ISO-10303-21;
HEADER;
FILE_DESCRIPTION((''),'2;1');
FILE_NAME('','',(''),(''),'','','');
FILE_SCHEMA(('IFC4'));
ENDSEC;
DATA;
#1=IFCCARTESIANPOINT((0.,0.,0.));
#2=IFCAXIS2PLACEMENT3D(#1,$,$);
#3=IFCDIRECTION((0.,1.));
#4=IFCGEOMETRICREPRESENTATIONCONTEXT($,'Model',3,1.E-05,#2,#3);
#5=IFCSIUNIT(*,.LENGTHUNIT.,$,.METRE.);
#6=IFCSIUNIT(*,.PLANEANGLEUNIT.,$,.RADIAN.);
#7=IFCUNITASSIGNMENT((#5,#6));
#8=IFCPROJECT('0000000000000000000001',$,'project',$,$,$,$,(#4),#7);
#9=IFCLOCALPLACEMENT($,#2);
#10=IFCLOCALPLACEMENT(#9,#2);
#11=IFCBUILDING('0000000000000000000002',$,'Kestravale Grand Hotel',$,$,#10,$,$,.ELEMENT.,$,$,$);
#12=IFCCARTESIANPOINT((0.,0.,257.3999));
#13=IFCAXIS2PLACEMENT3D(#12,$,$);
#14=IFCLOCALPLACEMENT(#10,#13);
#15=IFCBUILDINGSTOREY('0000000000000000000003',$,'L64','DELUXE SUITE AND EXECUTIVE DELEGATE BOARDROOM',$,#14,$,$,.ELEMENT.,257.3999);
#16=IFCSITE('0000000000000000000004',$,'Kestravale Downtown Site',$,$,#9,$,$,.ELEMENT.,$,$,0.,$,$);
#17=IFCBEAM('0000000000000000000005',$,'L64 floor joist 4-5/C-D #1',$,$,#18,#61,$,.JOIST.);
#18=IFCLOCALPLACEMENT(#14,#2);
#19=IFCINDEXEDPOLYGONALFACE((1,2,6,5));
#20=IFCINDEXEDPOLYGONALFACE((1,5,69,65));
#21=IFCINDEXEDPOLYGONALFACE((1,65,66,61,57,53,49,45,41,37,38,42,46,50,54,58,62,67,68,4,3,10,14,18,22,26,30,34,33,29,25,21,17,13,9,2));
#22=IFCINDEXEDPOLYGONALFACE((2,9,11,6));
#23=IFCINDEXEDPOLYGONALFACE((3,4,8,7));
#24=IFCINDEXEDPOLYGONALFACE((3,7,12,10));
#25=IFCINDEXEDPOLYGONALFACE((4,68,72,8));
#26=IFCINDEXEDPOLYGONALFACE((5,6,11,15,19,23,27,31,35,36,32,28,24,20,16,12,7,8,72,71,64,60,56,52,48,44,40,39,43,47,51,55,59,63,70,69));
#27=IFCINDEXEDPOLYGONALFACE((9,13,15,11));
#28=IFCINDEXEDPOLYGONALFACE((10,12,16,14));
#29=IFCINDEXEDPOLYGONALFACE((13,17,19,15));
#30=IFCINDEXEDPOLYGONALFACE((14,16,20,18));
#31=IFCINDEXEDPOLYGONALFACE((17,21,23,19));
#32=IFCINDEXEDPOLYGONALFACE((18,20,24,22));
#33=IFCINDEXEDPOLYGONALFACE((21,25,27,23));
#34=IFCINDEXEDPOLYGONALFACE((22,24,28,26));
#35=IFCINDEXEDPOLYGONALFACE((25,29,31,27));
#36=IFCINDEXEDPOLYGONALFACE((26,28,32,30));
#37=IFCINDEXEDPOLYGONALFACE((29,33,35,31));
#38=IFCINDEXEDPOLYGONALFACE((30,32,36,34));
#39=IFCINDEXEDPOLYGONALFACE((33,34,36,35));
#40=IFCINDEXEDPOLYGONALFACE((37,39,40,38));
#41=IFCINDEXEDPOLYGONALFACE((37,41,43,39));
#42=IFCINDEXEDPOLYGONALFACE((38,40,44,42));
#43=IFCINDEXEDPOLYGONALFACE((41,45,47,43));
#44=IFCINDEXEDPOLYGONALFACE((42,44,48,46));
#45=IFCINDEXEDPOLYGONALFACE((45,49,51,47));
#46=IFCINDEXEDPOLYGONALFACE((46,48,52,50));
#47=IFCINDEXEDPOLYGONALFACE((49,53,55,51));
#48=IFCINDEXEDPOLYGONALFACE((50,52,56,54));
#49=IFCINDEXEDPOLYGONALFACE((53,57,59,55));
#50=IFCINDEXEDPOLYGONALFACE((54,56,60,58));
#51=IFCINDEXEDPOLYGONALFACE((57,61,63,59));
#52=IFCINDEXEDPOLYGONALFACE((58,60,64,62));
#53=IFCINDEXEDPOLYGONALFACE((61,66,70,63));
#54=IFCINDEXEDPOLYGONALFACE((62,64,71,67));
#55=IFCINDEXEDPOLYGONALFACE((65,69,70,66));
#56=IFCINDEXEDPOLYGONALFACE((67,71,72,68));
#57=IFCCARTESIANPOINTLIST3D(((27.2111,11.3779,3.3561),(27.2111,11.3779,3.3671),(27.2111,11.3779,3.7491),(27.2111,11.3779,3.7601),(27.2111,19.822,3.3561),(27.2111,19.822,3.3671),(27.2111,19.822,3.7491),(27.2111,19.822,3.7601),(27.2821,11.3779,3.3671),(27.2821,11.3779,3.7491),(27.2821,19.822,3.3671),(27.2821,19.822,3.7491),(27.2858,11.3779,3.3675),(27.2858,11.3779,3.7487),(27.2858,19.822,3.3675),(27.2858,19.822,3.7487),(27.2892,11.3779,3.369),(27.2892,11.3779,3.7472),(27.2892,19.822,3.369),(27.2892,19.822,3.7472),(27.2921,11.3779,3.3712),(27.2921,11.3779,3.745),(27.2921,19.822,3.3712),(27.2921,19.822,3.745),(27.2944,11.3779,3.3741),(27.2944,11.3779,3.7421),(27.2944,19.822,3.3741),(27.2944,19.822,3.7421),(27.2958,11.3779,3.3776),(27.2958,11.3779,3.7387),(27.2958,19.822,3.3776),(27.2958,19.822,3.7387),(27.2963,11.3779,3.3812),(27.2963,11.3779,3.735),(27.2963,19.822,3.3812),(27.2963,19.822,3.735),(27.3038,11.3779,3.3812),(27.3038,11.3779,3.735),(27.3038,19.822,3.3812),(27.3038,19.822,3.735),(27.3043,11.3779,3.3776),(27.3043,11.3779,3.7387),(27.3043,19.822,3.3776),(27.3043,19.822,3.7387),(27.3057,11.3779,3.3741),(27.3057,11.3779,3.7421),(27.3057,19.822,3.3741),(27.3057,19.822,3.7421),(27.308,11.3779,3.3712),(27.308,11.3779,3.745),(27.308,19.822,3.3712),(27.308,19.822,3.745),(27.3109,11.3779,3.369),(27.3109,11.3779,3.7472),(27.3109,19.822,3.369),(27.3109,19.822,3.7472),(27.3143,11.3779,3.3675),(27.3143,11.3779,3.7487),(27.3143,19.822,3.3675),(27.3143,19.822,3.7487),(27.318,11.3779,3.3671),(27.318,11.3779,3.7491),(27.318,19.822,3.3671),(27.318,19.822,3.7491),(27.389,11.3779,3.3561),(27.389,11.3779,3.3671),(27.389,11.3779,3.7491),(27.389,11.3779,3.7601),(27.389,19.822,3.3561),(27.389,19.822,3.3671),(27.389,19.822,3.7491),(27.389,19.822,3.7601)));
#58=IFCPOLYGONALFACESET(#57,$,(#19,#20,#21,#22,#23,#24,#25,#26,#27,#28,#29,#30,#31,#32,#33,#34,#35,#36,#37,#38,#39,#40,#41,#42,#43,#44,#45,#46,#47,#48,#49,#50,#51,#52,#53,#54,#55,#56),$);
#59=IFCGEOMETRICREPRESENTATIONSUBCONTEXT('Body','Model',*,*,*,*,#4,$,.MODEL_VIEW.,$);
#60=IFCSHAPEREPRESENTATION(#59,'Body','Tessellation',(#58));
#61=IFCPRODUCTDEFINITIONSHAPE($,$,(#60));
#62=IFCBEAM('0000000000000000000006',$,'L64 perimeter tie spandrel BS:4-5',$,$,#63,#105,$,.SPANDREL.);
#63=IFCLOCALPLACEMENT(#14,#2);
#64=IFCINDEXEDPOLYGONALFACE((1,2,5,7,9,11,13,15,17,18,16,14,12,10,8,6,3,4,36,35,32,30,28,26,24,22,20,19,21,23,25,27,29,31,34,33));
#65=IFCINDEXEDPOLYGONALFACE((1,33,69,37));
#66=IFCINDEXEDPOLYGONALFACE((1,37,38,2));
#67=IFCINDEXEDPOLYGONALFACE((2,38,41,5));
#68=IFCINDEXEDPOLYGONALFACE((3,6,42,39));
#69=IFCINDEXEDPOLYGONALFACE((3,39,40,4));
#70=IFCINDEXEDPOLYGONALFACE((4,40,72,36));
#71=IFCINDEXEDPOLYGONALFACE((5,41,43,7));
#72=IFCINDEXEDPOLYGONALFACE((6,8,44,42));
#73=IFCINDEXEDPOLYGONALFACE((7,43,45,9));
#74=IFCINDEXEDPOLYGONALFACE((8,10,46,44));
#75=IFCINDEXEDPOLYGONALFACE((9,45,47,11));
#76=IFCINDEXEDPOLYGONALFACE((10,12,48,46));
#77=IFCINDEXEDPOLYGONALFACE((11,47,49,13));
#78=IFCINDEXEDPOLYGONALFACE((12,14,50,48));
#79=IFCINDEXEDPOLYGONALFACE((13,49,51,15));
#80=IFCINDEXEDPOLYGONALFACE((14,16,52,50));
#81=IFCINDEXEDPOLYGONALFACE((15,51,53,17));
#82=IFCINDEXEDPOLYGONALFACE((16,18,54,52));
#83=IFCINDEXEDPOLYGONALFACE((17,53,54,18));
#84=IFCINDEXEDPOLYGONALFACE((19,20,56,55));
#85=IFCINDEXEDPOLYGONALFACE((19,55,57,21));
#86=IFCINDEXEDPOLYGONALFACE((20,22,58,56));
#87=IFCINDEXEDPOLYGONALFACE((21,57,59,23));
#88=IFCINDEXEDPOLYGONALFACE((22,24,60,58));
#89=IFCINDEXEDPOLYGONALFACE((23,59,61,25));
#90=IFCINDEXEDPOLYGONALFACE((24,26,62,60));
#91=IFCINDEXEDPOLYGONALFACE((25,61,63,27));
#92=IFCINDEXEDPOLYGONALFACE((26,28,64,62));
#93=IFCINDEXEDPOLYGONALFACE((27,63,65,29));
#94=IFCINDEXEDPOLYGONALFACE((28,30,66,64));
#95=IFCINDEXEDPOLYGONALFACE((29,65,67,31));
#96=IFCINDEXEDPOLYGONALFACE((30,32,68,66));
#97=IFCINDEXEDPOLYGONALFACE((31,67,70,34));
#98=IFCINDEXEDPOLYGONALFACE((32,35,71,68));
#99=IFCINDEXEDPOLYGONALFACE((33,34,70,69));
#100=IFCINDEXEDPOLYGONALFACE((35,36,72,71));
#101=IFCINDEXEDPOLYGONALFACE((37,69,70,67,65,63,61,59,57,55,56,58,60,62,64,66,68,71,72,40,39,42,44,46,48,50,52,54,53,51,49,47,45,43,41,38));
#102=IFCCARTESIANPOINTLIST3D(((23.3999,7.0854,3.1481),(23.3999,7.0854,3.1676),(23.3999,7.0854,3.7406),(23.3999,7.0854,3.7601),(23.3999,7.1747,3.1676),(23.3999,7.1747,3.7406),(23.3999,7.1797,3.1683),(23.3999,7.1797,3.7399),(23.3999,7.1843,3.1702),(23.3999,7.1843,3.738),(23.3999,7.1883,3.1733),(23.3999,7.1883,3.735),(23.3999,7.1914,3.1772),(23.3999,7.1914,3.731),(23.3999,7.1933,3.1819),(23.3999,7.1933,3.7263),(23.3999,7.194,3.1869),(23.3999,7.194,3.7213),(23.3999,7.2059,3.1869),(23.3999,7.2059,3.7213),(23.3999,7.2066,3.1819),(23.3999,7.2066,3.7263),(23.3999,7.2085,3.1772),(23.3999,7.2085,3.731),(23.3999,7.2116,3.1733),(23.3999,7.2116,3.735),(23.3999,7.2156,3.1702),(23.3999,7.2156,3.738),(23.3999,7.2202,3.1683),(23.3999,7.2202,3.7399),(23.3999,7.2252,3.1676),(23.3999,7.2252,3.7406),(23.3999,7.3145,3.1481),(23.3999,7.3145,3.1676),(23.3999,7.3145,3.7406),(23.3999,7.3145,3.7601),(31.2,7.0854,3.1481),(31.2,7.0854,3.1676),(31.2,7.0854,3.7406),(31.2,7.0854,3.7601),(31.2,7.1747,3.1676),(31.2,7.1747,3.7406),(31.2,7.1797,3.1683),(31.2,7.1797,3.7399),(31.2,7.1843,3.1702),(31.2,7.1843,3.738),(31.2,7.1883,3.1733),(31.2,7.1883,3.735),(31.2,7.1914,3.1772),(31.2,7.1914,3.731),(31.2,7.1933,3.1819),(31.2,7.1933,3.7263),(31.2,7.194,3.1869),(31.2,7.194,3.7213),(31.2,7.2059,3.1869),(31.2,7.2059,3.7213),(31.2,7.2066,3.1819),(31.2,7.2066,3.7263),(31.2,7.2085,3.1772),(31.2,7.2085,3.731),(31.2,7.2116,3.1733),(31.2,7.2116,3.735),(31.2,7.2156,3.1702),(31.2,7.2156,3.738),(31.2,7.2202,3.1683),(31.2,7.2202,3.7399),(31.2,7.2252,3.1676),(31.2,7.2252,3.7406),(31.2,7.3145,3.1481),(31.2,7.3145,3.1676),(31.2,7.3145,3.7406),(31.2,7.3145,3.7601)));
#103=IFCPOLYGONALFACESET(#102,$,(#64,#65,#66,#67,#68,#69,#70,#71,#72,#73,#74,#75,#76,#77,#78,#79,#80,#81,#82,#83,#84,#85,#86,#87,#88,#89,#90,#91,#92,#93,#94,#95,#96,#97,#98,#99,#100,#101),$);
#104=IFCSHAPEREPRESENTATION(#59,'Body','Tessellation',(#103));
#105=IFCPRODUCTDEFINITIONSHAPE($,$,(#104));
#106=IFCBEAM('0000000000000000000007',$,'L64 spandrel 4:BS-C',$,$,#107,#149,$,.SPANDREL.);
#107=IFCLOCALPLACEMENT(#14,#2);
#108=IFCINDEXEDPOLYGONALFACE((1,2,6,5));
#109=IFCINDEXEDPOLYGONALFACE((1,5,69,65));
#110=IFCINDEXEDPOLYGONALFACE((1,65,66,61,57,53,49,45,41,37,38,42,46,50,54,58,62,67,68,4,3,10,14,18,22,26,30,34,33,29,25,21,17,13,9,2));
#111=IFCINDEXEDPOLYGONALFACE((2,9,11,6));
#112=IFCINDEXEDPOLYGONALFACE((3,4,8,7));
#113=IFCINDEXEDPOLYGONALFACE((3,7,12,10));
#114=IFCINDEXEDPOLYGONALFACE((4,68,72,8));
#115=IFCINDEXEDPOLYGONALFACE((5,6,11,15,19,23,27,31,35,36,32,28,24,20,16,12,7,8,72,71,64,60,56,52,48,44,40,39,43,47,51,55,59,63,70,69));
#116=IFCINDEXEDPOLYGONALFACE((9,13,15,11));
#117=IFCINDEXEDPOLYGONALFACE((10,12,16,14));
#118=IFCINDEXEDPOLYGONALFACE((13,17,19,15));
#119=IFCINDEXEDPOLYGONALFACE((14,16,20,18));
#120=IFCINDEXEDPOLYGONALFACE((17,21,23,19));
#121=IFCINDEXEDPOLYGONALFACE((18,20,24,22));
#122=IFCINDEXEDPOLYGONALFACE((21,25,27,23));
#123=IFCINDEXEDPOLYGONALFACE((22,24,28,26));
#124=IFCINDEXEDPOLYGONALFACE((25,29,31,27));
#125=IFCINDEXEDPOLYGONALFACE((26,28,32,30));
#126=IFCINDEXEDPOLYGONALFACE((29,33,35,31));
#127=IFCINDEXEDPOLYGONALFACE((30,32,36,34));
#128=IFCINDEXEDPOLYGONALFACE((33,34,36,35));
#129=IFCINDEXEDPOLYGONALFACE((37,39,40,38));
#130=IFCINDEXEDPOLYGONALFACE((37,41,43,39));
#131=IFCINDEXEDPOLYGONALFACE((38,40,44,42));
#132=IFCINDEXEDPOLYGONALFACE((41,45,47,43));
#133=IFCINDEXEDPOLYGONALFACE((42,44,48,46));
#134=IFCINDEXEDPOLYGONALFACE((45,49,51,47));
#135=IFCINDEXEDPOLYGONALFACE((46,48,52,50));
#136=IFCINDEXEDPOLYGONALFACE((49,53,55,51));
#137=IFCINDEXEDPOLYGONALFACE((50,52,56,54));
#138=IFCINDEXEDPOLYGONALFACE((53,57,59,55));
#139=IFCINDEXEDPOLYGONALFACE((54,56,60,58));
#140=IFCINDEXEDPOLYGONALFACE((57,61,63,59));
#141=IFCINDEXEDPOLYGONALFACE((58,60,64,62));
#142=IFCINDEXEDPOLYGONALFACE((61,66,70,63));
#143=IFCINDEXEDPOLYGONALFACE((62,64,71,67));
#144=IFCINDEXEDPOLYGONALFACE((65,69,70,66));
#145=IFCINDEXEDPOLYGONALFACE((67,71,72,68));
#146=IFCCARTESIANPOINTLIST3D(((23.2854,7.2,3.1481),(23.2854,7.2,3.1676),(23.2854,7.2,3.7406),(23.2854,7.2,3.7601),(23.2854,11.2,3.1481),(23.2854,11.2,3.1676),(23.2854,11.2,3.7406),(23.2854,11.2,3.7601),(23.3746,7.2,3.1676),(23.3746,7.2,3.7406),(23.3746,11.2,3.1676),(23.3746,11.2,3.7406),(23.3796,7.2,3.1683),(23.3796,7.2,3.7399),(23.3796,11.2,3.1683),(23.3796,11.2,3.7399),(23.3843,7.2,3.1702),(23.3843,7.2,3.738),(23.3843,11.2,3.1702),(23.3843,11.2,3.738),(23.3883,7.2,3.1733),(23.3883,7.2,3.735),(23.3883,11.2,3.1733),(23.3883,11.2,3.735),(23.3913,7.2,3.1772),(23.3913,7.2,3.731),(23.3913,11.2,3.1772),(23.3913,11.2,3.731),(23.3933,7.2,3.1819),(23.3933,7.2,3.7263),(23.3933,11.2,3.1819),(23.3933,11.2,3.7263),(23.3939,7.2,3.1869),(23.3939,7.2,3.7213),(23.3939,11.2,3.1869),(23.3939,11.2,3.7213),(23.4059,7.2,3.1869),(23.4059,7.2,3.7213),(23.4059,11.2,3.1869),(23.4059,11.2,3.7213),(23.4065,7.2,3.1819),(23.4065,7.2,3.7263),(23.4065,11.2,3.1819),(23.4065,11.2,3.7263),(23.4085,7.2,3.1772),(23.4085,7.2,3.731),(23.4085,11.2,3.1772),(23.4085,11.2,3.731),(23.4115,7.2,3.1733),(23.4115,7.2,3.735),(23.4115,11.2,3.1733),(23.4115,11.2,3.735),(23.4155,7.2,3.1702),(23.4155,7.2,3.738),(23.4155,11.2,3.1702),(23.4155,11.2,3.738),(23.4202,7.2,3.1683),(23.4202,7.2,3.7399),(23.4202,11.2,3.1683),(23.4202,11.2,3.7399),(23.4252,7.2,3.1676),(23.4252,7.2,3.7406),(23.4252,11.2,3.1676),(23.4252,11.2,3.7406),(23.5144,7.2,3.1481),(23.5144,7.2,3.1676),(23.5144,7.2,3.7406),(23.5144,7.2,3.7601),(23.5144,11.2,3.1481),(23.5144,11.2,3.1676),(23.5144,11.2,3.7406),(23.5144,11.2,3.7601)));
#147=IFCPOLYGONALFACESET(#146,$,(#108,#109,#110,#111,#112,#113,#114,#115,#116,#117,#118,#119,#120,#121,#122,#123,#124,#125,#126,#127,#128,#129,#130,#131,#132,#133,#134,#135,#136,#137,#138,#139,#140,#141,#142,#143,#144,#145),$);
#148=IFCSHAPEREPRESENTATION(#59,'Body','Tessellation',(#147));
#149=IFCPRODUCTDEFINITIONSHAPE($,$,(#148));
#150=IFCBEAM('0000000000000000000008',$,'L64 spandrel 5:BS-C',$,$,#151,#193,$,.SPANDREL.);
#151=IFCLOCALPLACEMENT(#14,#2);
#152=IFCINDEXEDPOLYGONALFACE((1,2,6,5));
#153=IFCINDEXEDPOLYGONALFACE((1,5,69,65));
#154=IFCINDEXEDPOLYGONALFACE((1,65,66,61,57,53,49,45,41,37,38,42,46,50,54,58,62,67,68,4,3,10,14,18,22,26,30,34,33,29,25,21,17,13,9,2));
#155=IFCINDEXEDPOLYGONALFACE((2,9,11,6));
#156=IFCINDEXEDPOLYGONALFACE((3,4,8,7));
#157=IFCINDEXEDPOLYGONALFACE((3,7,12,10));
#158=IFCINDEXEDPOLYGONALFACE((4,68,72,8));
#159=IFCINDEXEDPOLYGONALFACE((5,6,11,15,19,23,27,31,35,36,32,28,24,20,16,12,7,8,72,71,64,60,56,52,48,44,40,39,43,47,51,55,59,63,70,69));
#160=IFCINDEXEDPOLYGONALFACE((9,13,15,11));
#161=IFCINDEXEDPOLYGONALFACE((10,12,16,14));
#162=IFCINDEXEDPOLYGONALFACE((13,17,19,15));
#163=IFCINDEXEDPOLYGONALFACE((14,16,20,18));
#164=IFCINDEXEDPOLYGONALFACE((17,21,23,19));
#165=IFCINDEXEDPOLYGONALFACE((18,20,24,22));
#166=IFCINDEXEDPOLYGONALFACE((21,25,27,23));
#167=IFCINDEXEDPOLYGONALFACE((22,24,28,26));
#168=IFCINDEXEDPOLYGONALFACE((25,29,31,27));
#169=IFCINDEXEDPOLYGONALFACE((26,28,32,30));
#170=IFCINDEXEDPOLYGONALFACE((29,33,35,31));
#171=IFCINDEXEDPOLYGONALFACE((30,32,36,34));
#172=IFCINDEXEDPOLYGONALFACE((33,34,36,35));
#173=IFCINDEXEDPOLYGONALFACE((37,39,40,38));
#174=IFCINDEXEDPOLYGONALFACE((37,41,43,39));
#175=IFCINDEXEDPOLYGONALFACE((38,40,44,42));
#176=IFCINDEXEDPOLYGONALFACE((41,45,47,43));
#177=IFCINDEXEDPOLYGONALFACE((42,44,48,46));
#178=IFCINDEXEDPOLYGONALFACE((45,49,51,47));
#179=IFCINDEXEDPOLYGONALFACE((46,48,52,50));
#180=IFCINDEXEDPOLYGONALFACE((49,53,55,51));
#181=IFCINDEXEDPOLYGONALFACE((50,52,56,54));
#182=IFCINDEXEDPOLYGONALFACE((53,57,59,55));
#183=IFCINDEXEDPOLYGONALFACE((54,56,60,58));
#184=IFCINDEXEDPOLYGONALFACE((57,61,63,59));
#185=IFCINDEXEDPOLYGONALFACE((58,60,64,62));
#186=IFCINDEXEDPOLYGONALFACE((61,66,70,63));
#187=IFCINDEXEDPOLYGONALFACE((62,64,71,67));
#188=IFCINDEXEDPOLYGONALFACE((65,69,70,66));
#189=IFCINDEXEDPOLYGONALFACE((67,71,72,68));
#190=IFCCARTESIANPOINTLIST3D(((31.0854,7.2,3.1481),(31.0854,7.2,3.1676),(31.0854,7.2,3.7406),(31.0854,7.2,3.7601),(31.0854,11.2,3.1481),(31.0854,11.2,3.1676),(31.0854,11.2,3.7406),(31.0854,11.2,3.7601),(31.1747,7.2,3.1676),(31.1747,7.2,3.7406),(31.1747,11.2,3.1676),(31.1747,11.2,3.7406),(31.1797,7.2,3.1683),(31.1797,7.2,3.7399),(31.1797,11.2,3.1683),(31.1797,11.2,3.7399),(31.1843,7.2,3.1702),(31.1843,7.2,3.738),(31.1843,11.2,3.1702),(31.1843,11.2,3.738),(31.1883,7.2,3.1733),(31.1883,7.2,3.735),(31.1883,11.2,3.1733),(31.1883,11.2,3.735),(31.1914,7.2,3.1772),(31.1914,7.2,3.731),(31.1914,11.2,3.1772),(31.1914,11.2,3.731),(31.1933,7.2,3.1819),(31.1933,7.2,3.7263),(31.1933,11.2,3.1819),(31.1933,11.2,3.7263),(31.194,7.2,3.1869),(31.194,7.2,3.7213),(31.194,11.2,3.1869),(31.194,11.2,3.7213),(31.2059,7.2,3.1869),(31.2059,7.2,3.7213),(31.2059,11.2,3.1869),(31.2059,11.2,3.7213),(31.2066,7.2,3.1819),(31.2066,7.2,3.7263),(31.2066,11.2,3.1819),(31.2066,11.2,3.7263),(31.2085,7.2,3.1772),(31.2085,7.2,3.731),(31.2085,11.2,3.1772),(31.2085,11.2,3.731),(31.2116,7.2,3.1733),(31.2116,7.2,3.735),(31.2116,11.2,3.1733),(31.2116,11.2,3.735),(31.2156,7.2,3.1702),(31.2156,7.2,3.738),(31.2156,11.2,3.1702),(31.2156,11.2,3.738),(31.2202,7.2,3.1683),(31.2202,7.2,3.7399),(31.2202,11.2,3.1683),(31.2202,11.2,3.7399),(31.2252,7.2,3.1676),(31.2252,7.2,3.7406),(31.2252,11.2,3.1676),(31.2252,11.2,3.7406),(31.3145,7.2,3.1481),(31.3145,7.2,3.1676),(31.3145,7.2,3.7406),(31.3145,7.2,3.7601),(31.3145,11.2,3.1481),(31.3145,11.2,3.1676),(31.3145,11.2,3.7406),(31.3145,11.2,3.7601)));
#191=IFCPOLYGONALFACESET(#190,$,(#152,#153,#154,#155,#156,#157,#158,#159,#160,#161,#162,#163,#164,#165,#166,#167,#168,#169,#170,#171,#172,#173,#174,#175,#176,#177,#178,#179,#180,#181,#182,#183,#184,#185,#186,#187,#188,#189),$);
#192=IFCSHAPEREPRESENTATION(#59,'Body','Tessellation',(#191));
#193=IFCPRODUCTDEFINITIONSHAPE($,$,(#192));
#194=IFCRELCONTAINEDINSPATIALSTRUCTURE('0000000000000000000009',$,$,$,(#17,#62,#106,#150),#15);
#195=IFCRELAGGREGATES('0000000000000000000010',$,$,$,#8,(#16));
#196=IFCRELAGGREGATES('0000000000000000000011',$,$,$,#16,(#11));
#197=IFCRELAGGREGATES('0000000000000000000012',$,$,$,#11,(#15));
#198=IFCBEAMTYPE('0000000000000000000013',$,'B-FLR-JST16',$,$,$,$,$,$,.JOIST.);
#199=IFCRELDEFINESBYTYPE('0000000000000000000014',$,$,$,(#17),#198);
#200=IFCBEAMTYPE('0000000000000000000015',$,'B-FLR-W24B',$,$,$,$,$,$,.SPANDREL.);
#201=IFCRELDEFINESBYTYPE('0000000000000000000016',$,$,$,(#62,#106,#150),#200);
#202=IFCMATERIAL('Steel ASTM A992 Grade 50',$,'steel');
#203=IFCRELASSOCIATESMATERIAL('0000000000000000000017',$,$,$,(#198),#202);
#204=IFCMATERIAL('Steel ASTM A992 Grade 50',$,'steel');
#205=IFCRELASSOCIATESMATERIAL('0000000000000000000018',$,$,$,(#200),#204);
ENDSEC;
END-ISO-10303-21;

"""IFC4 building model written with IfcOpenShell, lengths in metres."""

from ifc_helpers import new_model, si_unit, direction, frame, origin, origin_2d, place, context, subcontext, project, spatial, i_section, extrude, material, material_profile, profile_set, type_object, element, save


model = new_model("IFC4")

# Units and contexts
model_context = context("Model", 3, precision=1e-05, world=origin(), true_north=direction((0.0, 1.0)))
body_context = subcontext(model_context, "Body", "Model", "MODEL_VIEW")
ifc_project = project(units=[si_unit("LENGTHUNIT", "METRE"), si_unit("PLANEANGLEUNIT", "RADIAN")], contexts=[model_context])

# Site, building, storey
site_placement = place(None, origin())
site = spatial("IfcSite", under=ifc_project, at=site_placement, Name="Kestravale Downtown Site", CompositionType="ELEMENT", RefElevation=0.0)
building_placement = place(site_placement, origin())
building = spatial("IfcBuilding", under=site, at=building_placement, Name="Kestravale Grand Hotel", CompositionType="ELEMENT")
storey_placement = place(building_placement, frame((0.0, 0.0, 257.3999)))
storey = spatial("IfcBuildingStorey", under=building, at=storey_placement, Name="L64", Description="DELUXE SUITE AND EXECUTIVE DELEGATE BOARDROOM", CompositionType="ELEMENT", Elevation=257.3999)

# Beams
ifc_material_1 = material(Name="Steel ASTM A992 Grade 50", Category="steel")
ifc_material_profile_1 = material_profile(ifc_material_1, i_section(OverallWidth=0.178, OverallDepth=0.4041, WebThickness=0.0076, FlangeThickness=0.011, FilletRadius=0.0142, at=origin_2d()))
ifc_profile_set_1 = profile_set([ifc_material_profile_1], Name="Steel ASTM A992 Grade 50")
beam_type_1 = type_object("IfcBeamType", Name="B-FLR-JST16", PredefinedType="JOIST", material=ifc_profile_set_1)
beam_1_placement = place(storey_placement, frame((27.3, 11.3779, 3.5581), z_axis=(0.0, 1.0, 0.0), x_axis=(-1.0, 0.0, 0.0)))
element("IfcBeam", 1, at=beam_1_placement, inside=storey, type_object=beam_type_1, Name="L64 floor joist 4-5/C-D #1", PredefinedType="JOIST", context=body_context, shape_type="SweptSolid", body=[
    extrude(i_section(OverallWidth=0.178, OverallDepth=0.4041, WebThickness=0.0076, FlangeThickness=0.011, FilletRadius=0.0142, at=origin_2d()), origin(), (0.0, 0.0, 1.0), 8.4441),
])
ifc_material_2 = material(Name="Steel ASTM A992 Grade 50", Category="steel")
ifc_material_profile_2 = material_profile(ifc_material_2, i_section(OverallWidth=0.229, OverallDepth=0.6121, WebThickness=0.012, FlangeThickness=0.0195, FilletRadius=0.0193, at=origin_2d()))
ifc_profile_set_2 = profile_set([ifc_material_profile_2], Name="Steel ASTM A992 Grade 50")
beam_type_2 = type_object("IfcBeamType", Name="B-FLR-W24B", PredefinedType="SPANDREL", material=ifc_profile_set_2)
beam_2_placement = place(storey_placement, frame((23.3999, 7.2, 3.4541), z_axis=(1.0, 0.0, 0.0), x_axis=(0.0, 1.0, 0.0)))
element("IfcBeam", 2, at=beam_2_placement, inside=storey, type_object=beam_type_2, Name="L64 perimeter tie spandrel BS:4-5", PredefinedType="SPANDREL", context=body_context, shape_type="SweptSolid", body=[
    extrude(i_section(OverallWidth=0.229, OverallDepth=0.6121, WebThickness=0.012, FlangeThickness=0.0195, FilletRadius=0.0193, at=origin_2d()), origin(), (0.0, 0.0, 1.0), 7.8),
])
for number, where, z_axis, x_axis, name in (
    (3, (23.3999, 7.2, 3.4541), (0.0, 1.0, 0.0), (-1.0, 0.0, 0.0), "L64 spandrel 4:BS-C"),
    (4, (31.2, 7.2, 3.4541), (0.0, 1.0, 0.0), (-1.0, 0.0, 0.0), "L64 spandrel 5:BS-C"),
):
    element("IfcBeam", number, at=place(storey_placement, frame(where, z_axis=z_axis, x_axis=x_axis)), inside=storey, type_object=beam_type_2, Name=name, PredefinedType="SPANDREL", context=body_context, shape_type="SweptSolid", body=[
        extrude(i_section(OverallWidth=0.229, OverallDepth=0.6121, WebThickness=0.012, FlangeThickness=0.0195, FilletRadius=0.0193, at=origin_2d()), origin(), (0.0, 0.0, 1.0), 4.0),
    ])

save(model, "model.ifc")
